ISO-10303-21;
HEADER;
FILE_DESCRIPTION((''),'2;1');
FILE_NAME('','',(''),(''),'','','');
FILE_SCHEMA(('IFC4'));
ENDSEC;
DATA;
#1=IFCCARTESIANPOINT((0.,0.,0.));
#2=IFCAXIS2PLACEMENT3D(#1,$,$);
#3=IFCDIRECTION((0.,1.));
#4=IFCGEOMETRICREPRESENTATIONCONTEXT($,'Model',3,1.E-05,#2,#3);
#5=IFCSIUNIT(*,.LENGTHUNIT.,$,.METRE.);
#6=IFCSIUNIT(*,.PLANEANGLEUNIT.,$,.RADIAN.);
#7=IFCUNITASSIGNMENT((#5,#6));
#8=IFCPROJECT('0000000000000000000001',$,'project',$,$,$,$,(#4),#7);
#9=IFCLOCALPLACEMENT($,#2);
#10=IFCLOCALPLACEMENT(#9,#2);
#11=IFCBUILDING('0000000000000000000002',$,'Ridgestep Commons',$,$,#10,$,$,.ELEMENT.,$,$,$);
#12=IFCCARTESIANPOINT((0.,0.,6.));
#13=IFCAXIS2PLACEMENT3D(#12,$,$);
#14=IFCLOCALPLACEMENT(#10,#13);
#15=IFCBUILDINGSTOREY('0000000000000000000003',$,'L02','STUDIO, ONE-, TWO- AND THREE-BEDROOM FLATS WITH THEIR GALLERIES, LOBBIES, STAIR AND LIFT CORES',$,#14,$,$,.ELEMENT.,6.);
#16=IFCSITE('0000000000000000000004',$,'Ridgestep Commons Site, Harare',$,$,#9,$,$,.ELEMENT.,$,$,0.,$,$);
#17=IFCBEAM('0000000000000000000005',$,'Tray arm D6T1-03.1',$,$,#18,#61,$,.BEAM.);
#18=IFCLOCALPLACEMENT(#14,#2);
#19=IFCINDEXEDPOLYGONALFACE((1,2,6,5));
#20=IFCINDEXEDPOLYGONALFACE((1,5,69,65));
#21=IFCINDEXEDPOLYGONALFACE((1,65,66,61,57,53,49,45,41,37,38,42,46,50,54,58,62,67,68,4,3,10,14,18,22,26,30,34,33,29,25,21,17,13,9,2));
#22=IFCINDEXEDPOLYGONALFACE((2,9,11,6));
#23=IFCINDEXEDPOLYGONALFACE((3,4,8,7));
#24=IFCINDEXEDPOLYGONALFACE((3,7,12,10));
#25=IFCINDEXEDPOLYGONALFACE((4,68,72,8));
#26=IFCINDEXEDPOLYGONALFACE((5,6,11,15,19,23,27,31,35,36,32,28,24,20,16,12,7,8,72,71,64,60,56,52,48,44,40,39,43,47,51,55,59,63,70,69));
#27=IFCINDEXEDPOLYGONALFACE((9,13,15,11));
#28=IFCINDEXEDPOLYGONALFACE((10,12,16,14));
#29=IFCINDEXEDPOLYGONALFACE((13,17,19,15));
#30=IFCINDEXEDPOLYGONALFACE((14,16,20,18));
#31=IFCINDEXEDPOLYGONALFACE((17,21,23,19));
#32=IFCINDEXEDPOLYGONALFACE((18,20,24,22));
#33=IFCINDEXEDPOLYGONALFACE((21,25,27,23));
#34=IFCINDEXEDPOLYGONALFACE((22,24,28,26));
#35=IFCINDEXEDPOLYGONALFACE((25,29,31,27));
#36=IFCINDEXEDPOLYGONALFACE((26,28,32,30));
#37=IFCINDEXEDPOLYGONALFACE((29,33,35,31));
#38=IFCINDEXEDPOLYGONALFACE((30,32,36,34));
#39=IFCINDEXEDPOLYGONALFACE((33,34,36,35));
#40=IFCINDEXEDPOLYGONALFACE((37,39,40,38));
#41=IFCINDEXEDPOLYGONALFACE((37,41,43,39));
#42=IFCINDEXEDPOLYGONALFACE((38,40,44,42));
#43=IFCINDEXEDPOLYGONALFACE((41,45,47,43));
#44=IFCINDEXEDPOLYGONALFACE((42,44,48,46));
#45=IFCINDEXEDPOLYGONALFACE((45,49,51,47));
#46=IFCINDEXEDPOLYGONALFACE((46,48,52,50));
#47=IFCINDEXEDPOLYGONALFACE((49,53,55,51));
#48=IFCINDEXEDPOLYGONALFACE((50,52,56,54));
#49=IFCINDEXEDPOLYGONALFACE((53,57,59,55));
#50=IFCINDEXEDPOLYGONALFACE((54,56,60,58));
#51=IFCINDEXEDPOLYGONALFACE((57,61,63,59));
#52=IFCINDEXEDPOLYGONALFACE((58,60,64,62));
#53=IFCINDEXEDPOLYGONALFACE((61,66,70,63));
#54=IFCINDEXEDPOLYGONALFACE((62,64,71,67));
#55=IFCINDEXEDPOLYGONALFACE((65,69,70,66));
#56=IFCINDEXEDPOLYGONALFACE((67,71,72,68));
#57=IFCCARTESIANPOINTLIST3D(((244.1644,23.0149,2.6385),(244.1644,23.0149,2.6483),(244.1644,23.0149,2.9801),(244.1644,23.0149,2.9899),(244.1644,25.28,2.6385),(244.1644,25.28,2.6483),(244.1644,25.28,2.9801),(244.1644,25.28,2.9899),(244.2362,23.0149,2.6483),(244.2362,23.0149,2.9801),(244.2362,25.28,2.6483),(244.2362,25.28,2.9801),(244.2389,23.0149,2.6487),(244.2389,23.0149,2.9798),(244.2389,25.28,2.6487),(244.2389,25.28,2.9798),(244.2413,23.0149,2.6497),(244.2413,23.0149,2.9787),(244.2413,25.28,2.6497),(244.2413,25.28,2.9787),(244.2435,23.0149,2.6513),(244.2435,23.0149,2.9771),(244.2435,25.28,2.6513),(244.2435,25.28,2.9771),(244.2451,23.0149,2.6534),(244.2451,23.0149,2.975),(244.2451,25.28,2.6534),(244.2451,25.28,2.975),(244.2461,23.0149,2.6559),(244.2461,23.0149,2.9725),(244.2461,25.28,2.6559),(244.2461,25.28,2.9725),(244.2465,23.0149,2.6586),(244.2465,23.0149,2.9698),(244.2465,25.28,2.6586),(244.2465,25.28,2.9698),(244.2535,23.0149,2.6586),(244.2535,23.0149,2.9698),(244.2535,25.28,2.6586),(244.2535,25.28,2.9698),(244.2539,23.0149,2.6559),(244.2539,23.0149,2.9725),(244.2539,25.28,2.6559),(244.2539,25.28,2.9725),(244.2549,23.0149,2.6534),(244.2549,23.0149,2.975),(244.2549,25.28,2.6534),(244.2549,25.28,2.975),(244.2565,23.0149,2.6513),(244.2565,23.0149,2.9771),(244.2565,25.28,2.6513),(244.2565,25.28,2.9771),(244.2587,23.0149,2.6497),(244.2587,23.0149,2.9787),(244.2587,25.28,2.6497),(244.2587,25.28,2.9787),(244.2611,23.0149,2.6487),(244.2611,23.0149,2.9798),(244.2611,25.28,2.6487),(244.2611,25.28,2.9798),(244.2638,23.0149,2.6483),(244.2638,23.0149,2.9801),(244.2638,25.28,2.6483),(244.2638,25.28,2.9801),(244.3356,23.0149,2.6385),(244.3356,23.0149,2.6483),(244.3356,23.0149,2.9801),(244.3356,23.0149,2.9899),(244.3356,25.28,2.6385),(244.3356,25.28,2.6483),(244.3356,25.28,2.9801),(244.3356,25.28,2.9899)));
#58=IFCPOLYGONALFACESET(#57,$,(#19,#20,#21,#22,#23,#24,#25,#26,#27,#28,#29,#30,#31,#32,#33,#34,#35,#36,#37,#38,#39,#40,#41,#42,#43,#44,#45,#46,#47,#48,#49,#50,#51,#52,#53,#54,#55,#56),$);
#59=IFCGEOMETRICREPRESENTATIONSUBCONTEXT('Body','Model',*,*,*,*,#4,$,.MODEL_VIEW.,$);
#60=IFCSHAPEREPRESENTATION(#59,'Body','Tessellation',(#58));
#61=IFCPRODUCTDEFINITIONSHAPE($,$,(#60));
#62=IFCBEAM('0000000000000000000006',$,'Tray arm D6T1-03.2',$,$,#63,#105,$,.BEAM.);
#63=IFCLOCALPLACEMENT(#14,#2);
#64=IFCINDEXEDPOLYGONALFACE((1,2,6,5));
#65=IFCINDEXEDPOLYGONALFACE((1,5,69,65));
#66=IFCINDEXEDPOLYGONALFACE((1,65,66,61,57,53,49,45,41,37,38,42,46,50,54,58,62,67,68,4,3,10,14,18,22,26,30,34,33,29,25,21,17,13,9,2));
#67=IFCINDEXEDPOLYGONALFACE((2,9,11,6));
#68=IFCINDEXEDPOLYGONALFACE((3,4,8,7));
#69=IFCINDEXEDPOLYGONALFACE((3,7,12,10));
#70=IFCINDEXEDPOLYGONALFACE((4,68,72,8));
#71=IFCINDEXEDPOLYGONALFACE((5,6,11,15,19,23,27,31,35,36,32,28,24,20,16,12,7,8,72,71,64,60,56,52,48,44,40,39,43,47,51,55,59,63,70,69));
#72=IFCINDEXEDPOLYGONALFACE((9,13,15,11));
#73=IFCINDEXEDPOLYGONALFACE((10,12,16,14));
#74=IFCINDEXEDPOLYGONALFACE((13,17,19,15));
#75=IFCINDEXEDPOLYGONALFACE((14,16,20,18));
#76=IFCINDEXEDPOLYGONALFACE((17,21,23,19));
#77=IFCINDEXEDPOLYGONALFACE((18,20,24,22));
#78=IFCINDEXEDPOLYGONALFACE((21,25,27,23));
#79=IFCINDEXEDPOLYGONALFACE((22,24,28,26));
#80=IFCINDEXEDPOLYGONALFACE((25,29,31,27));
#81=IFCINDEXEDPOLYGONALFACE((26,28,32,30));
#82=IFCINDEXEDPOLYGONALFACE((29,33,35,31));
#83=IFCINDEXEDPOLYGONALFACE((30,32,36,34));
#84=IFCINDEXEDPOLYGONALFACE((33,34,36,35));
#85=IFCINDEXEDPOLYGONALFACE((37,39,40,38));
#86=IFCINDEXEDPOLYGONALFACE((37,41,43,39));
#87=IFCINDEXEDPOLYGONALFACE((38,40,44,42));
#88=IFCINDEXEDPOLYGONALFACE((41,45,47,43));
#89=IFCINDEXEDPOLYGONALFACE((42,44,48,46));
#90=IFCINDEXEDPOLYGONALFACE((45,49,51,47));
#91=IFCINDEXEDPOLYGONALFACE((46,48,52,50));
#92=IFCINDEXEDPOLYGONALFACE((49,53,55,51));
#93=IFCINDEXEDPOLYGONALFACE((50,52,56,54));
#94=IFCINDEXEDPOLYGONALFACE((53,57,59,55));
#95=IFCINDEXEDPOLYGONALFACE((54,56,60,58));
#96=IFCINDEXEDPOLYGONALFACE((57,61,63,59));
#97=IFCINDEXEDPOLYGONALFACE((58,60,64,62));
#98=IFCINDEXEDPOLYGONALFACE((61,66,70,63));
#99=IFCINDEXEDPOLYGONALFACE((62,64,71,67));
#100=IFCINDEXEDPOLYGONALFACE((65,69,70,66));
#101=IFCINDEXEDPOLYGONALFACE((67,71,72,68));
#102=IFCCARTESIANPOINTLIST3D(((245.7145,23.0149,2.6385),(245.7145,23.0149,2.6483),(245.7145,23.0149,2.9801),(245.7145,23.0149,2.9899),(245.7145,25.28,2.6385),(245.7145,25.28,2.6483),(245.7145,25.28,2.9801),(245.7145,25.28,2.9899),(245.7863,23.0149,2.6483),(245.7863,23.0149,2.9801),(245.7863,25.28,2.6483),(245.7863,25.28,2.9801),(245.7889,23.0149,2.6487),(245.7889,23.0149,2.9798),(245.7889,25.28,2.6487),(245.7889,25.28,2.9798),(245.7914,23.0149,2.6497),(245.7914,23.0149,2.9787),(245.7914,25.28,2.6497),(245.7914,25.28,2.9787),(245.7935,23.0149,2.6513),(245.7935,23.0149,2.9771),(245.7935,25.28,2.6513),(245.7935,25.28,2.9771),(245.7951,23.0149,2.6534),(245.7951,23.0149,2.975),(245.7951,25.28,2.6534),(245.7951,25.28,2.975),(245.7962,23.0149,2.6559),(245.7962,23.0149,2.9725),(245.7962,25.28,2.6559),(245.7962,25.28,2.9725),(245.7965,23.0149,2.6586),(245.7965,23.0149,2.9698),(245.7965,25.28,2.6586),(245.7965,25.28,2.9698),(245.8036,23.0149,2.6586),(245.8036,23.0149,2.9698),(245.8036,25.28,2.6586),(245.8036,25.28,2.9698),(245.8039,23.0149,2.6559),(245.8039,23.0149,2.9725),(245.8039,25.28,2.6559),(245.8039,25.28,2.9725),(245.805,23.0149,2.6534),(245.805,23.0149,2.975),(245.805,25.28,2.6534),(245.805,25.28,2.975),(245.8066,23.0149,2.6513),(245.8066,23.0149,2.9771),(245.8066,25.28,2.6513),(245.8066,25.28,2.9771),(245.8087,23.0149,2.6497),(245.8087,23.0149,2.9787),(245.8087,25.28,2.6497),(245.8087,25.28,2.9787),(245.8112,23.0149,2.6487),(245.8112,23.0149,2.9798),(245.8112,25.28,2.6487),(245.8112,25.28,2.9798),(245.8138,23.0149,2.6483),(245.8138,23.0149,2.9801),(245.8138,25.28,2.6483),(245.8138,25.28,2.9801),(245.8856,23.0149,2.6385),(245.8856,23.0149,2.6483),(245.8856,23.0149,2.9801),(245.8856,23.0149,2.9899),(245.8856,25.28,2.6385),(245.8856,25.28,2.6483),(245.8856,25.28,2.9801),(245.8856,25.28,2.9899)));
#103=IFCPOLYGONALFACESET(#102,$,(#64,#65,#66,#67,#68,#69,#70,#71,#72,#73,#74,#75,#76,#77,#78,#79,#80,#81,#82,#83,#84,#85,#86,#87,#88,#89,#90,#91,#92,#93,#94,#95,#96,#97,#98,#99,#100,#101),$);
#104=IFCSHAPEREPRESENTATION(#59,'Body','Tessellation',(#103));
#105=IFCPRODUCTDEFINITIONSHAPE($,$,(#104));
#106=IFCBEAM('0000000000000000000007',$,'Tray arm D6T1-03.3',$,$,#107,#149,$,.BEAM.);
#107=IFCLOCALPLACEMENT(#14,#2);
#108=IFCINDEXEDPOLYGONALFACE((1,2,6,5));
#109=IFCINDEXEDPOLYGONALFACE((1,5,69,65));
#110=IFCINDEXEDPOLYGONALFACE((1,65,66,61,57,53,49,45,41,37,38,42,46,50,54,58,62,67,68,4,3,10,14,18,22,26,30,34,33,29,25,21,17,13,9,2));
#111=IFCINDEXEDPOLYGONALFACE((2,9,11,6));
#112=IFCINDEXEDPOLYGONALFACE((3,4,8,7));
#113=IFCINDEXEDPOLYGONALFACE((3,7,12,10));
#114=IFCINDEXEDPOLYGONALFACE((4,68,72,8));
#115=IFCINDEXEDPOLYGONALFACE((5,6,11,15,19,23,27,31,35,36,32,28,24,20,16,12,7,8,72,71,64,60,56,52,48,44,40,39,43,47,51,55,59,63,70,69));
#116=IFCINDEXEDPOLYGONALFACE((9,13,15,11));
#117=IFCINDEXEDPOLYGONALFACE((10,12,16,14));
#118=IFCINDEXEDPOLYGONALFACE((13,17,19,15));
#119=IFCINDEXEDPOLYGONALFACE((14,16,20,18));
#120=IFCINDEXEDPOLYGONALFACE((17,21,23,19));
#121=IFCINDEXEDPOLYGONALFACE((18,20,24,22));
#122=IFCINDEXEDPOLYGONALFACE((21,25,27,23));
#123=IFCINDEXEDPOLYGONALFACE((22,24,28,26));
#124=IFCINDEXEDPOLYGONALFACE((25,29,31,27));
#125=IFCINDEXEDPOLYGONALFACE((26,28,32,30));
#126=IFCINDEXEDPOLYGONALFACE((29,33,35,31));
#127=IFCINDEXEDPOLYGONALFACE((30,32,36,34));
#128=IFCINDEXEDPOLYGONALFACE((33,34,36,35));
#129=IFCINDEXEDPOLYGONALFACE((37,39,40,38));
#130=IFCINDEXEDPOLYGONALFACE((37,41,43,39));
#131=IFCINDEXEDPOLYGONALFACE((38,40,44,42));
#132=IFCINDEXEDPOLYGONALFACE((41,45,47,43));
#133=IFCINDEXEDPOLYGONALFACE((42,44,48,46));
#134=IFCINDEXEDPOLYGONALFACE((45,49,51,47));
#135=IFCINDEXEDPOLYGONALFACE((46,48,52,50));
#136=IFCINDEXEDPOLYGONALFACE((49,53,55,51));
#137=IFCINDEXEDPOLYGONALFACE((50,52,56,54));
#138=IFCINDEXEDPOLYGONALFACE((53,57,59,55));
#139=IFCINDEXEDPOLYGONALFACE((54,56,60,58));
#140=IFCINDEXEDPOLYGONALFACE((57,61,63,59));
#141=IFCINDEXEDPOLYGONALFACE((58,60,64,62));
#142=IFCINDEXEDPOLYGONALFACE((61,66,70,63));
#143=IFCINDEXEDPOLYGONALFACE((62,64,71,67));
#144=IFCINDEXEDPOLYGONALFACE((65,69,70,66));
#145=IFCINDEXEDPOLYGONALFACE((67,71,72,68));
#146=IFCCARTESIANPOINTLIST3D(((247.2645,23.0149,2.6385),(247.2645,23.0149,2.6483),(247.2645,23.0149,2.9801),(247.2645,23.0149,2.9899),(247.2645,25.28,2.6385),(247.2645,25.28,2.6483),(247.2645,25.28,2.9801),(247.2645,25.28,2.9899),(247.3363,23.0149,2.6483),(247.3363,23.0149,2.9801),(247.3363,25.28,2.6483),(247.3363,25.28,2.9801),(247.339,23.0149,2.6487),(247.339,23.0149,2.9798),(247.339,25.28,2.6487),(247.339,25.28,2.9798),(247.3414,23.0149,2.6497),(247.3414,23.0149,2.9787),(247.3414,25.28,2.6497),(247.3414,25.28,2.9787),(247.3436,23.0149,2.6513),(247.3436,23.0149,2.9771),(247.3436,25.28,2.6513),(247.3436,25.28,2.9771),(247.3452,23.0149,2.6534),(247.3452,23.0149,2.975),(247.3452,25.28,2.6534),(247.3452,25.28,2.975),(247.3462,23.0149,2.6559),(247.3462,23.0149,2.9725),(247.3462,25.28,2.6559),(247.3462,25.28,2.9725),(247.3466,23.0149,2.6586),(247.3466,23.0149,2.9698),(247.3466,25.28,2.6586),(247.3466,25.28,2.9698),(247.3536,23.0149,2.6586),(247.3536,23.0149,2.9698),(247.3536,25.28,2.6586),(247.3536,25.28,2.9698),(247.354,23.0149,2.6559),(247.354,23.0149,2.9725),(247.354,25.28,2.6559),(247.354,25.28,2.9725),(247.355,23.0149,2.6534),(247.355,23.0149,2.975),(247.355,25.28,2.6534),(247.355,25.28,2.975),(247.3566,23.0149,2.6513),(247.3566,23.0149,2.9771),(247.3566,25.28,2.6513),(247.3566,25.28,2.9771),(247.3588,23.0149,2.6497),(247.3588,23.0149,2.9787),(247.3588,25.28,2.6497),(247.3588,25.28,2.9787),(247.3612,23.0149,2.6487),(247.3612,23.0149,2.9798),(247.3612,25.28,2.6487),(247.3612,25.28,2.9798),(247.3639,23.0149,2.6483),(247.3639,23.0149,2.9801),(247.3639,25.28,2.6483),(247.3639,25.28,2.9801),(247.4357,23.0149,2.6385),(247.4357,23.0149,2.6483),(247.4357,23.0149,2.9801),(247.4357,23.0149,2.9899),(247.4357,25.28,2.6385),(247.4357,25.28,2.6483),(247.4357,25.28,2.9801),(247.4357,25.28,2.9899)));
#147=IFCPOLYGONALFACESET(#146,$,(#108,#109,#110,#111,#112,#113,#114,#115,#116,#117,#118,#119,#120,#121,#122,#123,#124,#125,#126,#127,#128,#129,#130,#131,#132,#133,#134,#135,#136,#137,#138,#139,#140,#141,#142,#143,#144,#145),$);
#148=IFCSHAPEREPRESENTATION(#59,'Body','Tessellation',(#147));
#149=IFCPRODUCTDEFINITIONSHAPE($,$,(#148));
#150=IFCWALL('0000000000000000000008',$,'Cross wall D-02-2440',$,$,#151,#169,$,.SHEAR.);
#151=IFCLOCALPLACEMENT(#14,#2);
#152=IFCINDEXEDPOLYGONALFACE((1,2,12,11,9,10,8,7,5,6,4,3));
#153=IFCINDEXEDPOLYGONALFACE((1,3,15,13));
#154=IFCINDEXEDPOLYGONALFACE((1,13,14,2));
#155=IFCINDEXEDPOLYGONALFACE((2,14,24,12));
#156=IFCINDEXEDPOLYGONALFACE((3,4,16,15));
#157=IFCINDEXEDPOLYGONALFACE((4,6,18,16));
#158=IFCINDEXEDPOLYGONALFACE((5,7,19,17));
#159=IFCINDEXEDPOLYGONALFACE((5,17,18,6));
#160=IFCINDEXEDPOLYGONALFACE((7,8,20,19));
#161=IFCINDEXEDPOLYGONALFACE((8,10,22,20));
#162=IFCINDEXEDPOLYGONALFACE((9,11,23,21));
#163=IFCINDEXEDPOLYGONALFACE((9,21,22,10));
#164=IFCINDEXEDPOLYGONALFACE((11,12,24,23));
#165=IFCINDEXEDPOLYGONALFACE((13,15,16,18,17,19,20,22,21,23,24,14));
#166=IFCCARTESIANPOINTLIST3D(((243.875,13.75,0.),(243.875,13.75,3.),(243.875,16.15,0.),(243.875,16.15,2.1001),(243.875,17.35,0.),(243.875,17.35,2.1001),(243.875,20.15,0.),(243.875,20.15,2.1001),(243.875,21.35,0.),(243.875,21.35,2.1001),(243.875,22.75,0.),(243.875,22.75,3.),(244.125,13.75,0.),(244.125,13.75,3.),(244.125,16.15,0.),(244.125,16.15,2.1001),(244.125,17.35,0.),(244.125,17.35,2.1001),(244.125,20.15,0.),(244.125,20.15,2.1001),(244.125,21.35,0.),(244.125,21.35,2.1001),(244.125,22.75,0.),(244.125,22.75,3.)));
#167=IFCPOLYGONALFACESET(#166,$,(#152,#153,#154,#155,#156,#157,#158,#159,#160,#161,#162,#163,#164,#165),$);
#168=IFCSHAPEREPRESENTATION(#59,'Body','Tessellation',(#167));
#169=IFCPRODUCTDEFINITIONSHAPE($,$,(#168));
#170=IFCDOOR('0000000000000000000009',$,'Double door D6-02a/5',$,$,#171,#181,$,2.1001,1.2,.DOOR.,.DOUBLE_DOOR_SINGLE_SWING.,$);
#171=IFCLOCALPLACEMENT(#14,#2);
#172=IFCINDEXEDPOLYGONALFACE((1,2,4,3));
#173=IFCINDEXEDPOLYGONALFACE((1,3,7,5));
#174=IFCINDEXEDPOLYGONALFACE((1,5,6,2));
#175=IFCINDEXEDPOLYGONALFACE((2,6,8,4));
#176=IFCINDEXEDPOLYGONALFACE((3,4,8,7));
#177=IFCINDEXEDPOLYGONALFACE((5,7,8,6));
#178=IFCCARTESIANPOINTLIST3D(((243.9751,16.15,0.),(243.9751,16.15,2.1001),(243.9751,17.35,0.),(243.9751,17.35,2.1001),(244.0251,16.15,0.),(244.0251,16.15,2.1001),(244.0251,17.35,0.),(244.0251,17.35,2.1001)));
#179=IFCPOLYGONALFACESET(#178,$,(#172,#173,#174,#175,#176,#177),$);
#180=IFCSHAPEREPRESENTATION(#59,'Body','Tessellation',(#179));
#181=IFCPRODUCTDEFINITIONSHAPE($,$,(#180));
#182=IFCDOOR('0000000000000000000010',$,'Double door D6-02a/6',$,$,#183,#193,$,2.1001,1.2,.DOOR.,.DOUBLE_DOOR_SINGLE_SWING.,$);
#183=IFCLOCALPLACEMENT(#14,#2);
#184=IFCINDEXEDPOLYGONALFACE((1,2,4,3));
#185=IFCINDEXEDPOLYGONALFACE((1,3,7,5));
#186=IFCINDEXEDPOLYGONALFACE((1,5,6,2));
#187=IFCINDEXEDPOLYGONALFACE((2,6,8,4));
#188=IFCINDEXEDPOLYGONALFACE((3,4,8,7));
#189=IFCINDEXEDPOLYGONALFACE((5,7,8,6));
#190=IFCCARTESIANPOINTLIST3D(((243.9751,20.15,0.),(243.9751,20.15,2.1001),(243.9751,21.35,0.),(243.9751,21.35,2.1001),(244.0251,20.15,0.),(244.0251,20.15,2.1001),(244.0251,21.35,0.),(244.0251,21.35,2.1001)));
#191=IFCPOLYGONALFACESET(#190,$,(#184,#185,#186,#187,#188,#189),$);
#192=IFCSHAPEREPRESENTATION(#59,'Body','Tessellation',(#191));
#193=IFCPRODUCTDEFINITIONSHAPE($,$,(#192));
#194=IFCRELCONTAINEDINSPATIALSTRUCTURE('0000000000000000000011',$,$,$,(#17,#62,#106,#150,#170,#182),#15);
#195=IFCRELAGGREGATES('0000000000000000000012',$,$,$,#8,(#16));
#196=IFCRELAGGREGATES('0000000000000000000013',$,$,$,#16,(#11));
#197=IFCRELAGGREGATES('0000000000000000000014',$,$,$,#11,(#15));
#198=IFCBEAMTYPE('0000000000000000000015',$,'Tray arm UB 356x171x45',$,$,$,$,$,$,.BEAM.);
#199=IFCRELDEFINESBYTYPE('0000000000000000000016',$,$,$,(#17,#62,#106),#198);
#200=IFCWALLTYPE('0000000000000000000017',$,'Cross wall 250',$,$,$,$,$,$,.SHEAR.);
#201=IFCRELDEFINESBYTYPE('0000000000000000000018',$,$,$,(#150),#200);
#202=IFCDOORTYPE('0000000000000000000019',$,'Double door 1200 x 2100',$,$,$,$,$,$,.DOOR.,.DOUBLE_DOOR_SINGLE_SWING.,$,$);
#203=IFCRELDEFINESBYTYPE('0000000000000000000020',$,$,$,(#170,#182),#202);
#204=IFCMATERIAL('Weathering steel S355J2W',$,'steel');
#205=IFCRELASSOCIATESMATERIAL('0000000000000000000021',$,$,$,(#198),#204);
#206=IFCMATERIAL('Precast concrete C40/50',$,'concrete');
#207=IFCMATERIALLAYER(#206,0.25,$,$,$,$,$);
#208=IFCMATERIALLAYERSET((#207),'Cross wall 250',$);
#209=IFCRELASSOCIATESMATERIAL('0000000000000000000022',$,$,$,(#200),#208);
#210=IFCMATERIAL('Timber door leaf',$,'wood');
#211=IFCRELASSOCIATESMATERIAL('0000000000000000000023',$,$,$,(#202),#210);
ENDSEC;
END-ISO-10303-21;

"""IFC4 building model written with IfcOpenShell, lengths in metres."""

from ifc_helpers import new_model, si_unit, direction, frame, frame_2d, origin, origin_2d, place, context, subcontext, project, spatial, rectangle, i_section, extrude, material, layer, layer_set, material_profile, profile_set, type_object, element, fill, save


model = new_model("IFC4")

# Units and contexts
model_context = context("Model", 3, precision=1e-05, world=origin(), true_north=direction((0.0, 1.0)))
body_context = subcontext(model_context, "Body", "Model", "MODEL_VIEW")
ifc_project = project(units=[si_unit("LENGTHUNIT", "METRE"), si_unit("PLANEANGLEUNIT", "RADIAN")], contexts=[model_context])

# Site, building, storey
site_placement = place(None, origin())
site = spatial("IfcSite", under=ifc_project, at=site_placement, Name="Ridgestep Commons Site, Harare", CompositionType="ELEMENT", RefElevation=0.0)
building_placement = place(site_placement, origin())
building = spatial("IfcBuilding", under=site, at=building_placement, Name="Ridgestep Commons", CompositionType="ELEMENT")
storey_placement = place(building_placement, frame((0.0, 0.0, 6.0)))
storey = spatial("IfcBuildingStorey", under=building, at=storey_placement, Name="L02", Description="STUDIO, ONE-, TWO- AND THREE-BEDROOM FLATS WITH THEIR GALLERIES, LOBBIES, STAIR AND LIFT CORES", CompositionType="ELEMENT", Elevation=6.0)

# Beams
ifc_material_1 = material(Name="Weathering steel S355J2W", Category="steel")
ifc_material_profile = material_profile(ifc_material_1, i_section(OverallWidth=0.1711, OverallDepth=0.3513, WebThickness=0.0071, FlangeThickness=0.0098, FilletRadius=0.0103, at=origin_2d()), Name="UB 356x171x45")
ifc_profile_set = profile_set([ifc_material_profile], Name="Weathering steel S355J2W")
beam_type = type_object("IfcBeamType", Name="Tray arm UB 356x171x45", PredefinedType="BEAM", material=ifc_profile_set)
for number, where, z_axis, x_axis, name in (
    (1, (244.25, 23.0149, 2.8142), (0.0, 1.0, 0.0), (-1.0, 0.0, 0.0), "Tray arm D6T1-03.1"),
    (2, (245.8, 23.0149, 2.8142), (0.0, 1.0, 0.0), (-1.0, 0.0, 0.0), "Tray arm D6T1-03.2"),
    (3, (247.3501, 23.0149, 2.8142), (0.0, 1.0, 0.0), (-1.0, 0.0, 0.0), "Tray arm D6T1-03.3"),
):
    element("IfcBeam", number, at=place(storey_placement, frame(where, z_axis=z_axis, x_axis=x_axis)), inside=storey, type_object=beam_type, Name=name, PredefinedType="BEAM", context=body_context, shape_type="SweptSolid", body=[
        extrude(i_section(OverallWidth=0.1711, OverallDepth=0.3513, WebThickness=0.0071, FlangeThickness=0.0098, FilletRadius=0.0103, at=origin_2d()), origin(), (0.0, 0.0, 1.0), 2.2651),
    ])

# Wall, openings, doors
ifc_material_2 = material(Name="Precast concrete C40/50", Category="concrete")
ifc_layer_1 = layer(ifc_material_2, 0.25)
ifc_layer_set_1 = layer_set([ifc_layer_1], Name="Cross wall 250")
wall_type_1 = type_object("IfcWallType", Name="Cross wall 250", PredefinedType="SHEAR", material=ifc_layer_set_1)
wall_1_placement = place(storey_placement, frame((244.0, 13.75, 0.0), z_axis=(0.0, 0.0, 1.0), x_axis=(0.0, 1.0, 0.0)))
wall_1 = element("IfcWall", 4, at=wall_1_placement, inside=storey, type_object=wall_type_1, Name="Cross wall D-02-2440", PredefinedType="SHEAR", context=body_context, shape_type="SweptSolid", body=[
    extrude(rectangle(XDim=9.0, YDim=0.25, at=frame_2d((4.5, 0.0))), origin(), (0.0, 0.0, 1.0), 3.0),
])
opening_1_placement = place(wall_1_placement, frame((2.3999, 0.0, 0.0)))
opening_1 = element("IfcOpeningElement", 5, at=opening_1_placement, cuts=wall_1, PredefinedType="OPENING", context=body_context, shape_type="SweptSolid", body=[
    extrude(rectangle(XDim=1.2, YDim=2.1001, at=frame_2d((0.6001, 1.05))), frame((0.0, 0.135, 0.0), z_axis=(0.0, -1.0, 0.0), x_axis=(1.0, 0.0, 0.0)), (0.0, 0.0, 1.0), 0.27),
])
opening_2_placement = place(wall_1_placement, frame((6.3999, 0.0, 0.0)))
opening_2 = element("IfcOpeningElement", 6, at=opening_2_placement, cuts=wall_1, PredefinedType="OPENING", context=body_context, shape_type="SweptSolid", body=[
    extrude(rectangle(XDim=1.2, YDim=2.1001, at=frame_2d((0.6001, 1.05))), frame((0.0, 0.135, 0.0), z_axis=(0.0, -1.0, 0.0), x_axis=(1.0, 0.0, 0.0)), (0.0, 0.0, 1.0), 0.27),
])
ifc_material_3 = material(Name="Timber door leaf", Category="wood")
door_type_1 = type_object("IfcDoorType", Name="Double door 1200 x 2100", OperationType="DOUBLE_DOOR_SINGLE_SWING", PredefinedType="DOOR", material=ifc_material_3)
door_1_placement = place(opening_1_placement, origin())
door_1 = element("IfcDoor", 7, at=door_1_placement, inside=storey, type_object=door_type_1, Name="Double door D6-02a/5", OperationType="DOUBLE_DOOR_SINGLE_SWING", OverallHeight=2.1001, OverallWidth=1.2, PredefinedType="DOOR", context=body_context, shape_type="SweptSolid", body=[
    extrude(rectangle(XDim=1.2, YDim=2.1001, at=frame_2d((0.6001, 1.05))), frame((0.0, 0.0249, 0.0), z_axis=(0.0, -1.0, 0.0), x_axis=(1.0, 0.0, 0.0)), (0.0, 0.0, 1.0), 0.05),
])
fill(opening_1, door_1)
door_2_placement = place(opening_2_placement, origin())
door_2 = element("IfcDoor", 8, at=door_2_placement, inside=storey, type_object=door_type_1, Name="Double door D6-02a/6", OperationType="DOUBLE_DOOR_SINGLE_SWING", OverallHeight=2.1001, OverallWidth=1.2, PredefinedType="DOOR", context=body_context, shape_type="SweptSolid", body=[
    extrude(rectangle(XDim=1.2, YDim=2.1001, at=frame_2d((0.6001, 1.05))), frame((0.0, 0.0249, 0.0), z_axis=(0.0, -1.0, 0.0), x_axis=(1.0, 0.0, 0.0)), (0.0, 0.0, 1.0), 0.05),
])
fill(opening_2, door_2)

save(model, "model.ifc")
